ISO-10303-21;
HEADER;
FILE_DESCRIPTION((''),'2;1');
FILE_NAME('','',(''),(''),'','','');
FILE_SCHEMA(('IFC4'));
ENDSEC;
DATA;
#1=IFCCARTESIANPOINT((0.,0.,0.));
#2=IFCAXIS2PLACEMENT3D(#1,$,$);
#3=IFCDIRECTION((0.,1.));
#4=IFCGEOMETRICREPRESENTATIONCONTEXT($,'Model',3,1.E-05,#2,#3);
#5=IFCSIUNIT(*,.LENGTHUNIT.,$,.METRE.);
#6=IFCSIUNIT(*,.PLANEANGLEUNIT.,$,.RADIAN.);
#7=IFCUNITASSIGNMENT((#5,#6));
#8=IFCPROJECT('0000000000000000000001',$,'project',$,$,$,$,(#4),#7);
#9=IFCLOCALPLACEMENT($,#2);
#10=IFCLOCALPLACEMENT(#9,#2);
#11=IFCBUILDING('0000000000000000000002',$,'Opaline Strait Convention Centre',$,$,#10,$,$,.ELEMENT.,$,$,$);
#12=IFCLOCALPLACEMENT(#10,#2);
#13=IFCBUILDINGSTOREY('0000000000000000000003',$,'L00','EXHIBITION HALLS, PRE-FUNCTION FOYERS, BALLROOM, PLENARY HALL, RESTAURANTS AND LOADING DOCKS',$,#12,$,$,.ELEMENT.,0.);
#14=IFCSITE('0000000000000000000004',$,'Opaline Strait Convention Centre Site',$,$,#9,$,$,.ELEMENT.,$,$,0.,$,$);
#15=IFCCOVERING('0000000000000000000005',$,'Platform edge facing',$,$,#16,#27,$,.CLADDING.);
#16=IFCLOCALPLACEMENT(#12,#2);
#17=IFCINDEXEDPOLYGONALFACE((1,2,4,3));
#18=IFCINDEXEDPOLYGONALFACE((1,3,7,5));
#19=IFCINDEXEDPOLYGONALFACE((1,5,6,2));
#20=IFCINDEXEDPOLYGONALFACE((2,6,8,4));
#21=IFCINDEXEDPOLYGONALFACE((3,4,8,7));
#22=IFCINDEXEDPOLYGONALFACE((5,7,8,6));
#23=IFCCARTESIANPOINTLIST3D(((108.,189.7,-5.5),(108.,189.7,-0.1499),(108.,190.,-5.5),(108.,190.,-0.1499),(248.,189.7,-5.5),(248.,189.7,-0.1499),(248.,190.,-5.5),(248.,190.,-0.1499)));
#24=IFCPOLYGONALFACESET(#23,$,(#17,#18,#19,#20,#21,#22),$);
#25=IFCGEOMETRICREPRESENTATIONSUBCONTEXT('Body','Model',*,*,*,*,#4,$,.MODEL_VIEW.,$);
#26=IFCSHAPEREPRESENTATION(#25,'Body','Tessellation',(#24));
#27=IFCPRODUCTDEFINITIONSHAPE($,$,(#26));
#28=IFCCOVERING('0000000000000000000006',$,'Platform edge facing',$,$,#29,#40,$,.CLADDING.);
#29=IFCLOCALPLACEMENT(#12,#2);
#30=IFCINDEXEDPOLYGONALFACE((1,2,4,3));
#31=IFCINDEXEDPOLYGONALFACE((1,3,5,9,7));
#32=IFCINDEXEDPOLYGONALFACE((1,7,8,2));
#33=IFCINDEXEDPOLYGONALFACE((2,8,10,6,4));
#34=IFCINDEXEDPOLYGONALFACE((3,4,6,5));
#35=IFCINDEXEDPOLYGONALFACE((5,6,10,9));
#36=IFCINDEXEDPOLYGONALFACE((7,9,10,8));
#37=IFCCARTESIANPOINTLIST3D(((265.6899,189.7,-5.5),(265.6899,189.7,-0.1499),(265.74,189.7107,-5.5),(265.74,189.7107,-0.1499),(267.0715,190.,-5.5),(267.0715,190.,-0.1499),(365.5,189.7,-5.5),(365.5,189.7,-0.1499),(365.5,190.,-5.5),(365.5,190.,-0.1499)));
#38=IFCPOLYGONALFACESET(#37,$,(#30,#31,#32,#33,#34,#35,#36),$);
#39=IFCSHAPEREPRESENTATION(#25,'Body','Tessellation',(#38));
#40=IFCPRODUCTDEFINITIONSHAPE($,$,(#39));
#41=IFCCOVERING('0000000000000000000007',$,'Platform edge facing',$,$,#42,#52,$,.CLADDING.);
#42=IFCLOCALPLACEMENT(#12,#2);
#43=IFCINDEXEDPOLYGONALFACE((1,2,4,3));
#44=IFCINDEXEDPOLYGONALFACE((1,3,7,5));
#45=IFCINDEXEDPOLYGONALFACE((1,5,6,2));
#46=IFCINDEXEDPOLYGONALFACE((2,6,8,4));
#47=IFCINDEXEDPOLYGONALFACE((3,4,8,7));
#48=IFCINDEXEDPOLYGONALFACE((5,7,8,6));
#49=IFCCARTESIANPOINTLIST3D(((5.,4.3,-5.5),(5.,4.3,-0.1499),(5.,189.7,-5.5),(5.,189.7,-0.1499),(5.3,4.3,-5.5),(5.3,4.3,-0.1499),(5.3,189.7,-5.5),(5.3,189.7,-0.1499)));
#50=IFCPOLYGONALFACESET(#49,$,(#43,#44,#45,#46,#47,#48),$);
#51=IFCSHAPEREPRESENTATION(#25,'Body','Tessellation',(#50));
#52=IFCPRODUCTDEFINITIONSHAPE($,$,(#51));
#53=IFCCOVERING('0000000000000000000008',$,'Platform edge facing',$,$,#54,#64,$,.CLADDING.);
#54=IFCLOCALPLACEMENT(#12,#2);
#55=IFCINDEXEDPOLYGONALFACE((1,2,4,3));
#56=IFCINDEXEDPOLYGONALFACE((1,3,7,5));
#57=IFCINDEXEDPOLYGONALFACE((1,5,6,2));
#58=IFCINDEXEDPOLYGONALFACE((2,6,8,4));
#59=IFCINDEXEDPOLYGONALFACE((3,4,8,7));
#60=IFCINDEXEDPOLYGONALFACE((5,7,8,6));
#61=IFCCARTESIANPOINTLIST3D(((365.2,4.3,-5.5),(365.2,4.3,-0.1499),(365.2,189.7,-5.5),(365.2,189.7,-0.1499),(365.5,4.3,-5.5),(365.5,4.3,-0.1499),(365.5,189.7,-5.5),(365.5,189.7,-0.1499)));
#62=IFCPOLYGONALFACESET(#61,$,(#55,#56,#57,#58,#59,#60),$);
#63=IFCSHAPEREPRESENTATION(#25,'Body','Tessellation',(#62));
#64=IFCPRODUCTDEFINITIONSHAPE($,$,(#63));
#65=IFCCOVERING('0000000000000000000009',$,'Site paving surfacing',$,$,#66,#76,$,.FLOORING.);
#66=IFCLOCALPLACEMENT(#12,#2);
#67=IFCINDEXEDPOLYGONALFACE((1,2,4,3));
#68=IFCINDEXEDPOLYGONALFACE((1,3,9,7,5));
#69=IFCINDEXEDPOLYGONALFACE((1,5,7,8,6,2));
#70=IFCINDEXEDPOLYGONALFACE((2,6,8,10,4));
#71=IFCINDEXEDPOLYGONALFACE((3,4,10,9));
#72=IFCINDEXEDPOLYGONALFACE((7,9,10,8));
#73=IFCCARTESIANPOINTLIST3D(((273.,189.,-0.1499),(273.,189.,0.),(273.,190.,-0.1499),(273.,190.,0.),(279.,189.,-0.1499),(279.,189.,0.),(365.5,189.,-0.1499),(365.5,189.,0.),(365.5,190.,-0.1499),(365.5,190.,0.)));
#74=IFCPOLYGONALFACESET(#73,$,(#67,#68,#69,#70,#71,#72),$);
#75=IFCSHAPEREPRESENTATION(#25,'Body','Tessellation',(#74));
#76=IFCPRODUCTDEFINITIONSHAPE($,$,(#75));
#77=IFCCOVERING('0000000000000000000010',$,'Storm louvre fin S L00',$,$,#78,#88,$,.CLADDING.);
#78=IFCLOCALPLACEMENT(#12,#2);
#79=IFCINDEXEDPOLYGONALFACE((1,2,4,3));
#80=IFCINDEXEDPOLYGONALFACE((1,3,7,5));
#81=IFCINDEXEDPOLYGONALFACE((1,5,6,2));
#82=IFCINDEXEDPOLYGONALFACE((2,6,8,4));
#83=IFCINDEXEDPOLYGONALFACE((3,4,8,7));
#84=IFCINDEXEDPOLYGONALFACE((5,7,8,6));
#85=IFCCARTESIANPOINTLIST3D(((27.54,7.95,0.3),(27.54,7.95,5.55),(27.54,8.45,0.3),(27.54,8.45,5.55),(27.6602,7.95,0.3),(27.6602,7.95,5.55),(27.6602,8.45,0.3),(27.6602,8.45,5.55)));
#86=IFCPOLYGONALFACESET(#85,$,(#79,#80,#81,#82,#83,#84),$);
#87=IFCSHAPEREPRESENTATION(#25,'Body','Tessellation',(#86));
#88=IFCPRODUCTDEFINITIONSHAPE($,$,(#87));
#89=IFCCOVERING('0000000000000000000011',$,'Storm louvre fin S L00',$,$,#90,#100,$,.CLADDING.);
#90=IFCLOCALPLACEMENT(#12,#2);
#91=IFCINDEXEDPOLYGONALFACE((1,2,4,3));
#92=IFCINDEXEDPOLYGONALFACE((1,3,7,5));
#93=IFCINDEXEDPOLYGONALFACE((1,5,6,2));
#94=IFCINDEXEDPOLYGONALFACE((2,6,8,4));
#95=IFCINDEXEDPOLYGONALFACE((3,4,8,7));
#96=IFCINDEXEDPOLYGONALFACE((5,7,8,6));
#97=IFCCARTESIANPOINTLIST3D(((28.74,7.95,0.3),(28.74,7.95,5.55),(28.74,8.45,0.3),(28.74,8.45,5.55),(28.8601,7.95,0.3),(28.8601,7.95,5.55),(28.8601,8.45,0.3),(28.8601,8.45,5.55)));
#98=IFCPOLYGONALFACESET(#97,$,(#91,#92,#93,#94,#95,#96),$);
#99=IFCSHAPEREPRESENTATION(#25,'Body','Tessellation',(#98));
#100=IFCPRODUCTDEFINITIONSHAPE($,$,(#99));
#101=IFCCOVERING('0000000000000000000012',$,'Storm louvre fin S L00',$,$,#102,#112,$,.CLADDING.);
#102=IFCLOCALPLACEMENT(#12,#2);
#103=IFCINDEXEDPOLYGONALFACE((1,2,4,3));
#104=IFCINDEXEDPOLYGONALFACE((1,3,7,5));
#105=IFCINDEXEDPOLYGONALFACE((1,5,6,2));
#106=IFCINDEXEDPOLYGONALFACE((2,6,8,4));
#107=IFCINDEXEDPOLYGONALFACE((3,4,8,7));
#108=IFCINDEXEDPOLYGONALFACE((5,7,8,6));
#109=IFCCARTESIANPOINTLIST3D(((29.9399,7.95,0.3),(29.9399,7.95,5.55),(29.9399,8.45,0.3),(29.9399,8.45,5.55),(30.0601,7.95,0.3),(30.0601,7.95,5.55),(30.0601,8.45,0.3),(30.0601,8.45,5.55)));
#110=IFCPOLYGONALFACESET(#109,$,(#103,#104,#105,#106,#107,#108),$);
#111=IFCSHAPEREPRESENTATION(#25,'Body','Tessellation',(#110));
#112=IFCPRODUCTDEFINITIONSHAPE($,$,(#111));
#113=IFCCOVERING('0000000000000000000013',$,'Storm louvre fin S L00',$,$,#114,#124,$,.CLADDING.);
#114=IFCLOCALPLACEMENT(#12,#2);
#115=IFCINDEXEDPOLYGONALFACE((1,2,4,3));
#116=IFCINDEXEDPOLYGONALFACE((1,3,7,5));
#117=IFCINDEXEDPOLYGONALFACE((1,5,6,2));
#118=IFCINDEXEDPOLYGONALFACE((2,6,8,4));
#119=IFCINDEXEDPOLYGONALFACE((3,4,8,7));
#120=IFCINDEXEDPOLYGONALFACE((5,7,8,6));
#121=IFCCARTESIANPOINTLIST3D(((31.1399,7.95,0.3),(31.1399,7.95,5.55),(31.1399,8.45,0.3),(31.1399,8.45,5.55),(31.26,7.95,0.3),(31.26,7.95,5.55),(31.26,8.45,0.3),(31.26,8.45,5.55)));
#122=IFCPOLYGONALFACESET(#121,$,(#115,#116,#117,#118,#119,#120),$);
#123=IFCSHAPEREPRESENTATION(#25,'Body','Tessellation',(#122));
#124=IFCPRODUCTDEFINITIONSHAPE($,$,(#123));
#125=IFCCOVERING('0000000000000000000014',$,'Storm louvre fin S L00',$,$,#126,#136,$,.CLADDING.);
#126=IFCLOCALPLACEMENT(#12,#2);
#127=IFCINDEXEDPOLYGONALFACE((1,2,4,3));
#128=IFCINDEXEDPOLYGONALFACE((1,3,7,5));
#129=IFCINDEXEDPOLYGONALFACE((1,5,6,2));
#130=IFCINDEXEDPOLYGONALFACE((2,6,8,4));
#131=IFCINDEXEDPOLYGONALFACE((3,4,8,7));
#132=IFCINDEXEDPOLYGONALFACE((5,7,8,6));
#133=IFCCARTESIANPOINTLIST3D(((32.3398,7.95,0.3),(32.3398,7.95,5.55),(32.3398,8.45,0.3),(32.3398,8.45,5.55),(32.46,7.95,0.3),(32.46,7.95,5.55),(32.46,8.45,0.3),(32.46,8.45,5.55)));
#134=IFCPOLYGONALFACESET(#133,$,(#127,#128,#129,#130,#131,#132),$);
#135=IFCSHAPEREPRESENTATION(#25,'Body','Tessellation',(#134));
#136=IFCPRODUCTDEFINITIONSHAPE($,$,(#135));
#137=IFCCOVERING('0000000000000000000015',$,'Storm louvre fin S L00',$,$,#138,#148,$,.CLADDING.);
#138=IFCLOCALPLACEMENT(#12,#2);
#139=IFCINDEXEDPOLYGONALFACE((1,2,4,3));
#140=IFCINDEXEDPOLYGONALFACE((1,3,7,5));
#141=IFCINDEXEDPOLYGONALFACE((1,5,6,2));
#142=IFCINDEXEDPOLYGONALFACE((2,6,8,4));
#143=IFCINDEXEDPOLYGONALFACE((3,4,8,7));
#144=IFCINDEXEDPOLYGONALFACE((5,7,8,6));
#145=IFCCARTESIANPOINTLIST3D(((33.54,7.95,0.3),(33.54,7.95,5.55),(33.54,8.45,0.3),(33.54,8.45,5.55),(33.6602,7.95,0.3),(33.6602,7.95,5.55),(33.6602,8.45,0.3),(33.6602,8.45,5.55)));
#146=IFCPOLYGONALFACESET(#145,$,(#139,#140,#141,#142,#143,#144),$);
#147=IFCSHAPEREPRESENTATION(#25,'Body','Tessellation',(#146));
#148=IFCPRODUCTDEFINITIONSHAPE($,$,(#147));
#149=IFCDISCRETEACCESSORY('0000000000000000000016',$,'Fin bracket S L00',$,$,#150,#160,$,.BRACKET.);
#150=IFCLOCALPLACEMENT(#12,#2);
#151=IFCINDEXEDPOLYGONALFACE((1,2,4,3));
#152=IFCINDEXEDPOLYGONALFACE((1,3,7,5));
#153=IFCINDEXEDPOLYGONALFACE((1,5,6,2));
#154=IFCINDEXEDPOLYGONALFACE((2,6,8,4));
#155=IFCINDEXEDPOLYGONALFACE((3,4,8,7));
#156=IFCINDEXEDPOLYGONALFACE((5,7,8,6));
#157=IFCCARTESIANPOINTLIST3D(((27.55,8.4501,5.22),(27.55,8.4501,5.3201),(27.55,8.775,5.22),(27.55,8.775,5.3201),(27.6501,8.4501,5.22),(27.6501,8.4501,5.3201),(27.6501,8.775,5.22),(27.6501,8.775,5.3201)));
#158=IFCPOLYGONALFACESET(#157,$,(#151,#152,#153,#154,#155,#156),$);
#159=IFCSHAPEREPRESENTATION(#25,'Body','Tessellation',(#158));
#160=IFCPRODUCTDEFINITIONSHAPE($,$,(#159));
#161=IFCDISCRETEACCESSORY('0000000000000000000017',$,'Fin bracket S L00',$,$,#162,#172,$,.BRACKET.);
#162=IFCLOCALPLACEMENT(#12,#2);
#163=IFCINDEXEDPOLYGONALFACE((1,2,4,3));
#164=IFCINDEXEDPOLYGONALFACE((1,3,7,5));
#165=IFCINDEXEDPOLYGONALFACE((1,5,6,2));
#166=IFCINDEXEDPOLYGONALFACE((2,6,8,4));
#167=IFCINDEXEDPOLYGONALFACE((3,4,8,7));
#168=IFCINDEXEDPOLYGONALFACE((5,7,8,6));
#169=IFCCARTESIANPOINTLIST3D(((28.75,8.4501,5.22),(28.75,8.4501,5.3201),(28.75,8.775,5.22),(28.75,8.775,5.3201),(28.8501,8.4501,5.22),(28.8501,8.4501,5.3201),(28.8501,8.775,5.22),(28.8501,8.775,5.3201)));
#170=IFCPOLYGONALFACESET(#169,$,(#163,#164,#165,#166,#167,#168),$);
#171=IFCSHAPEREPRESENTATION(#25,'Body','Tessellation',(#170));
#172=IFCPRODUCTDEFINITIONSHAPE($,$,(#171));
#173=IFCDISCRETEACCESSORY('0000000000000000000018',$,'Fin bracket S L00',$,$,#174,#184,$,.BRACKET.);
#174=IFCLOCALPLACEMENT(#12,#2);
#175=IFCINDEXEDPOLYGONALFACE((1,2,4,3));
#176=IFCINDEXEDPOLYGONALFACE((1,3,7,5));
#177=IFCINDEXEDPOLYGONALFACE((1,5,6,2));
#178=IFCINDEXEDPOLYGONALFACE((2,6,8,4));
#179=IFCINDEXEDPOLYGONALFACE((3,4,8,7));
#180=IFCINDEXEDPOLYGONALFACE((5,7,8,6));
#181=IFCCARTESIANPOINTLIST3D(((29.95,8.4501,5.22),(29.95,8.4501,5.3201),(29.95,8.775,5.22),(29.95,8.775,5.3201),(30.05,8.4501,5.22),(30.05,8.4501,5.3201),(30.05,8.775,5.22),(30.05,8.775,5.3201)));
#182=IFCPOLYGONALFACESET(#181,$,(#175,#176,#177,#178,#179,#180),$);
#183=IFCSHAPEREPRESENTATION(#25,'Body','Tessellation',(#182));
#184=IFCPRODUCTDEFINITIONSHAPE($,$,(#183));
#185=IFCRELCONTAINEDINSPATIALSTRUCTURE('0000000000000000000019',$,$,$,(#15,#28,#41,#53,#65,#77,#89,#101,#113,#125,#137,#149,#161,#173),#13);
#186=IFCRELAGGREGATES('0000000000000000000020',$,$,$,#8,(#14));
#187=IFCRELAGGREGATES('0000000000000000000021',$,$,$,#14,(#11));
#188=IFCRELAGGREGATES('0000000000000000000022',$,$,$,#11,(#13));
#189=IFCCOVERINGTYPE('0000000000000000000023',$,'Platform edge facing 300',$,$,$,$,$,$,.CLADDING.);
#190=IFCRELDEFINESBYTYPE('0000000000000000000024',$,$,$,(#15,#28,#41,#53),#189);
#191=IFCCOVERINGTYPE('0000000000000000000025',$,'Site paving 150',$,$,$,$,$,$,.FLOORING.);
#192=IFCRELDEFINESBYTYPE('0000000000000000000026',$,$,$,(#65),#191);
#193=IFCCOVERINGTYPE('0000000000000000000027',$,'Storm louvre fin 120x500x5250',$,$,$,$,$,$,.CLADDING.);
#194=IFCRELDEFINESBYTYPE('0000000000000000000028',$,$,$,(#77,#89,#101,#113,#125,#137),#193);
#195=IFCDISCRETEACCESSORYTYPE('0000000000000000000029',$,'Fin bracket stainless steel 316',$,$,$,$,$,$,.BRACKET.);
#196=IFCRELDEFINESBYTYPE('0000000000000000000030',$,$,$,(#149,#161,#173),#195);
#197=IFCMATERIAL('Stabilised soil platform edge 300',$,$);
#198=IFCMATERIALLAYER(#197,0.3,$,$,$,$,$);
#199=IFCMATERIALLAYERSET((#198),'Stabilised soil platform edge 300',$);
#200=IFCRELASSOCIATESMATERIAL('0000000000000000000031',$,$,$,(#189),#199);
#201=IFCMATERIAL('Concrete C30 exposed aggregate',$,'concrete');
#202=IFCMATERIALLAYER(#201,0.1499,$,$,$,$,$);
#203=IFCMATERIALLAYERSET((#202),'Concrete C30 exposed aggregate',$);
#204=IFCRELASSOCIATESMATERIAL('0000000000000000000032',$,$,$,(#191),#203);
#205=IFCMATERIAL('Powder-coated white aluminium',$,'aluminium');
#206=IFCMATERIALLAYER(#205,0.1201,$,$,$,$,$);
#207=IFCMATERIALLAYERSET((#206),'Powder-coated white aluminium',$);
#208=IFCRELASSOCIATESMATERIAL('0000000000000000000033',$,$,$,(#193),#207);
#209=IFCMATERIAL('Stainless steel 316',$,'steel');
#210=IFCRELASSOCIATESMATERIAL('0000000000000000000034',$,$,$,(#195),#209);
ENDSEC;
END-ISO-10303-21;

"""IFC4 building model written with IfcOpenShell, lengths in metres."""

from ifc_helpers import new_model, si_unit, direction, frame, origin, origin_2d, place, context, subcontext, project, spatial, polyline, rectangle, outline, extrude, material, layer, layer_set, type_object, element, save


model = new_model("IFC4")

# Units and contexts
model_context = context("Model", 3, precision=1e-05, world=origin(), true_north=direction((0.0, 1.0)))
body_context = subcontext(model_context, "Body", "Model", "MODEL_VIEW")
ifc_project = project(units=[si_unit("LENGTHUNIT", "METRE"), si_unit("PLANEANGLEUNIT", "RADIAN")], contexts=[model_context])

# Site, building, storey
site_placement = place(None, origin())
site = spatial("IfcSite", under=ifc_project, at=site_placement, Name="Opaline Strait Convention Centre Site", CompositionType="ELEMENT", RefElevation=0.0)
building_placement = place(site_placement, origin())
building = spatial("IfcBuilding", under=site, at=building_placement, Name="Opaline Strait Convention Centre", CompositionType="ELEMENT")
storey_placement = place(building_placement, origin())
storey = spatial("IfcBuildingStorey", under=building, at=storey_placement, Name="L00", Description="EXHIBITION HALLS, PRE-FUNCTION FOYERS, BALLROOM, PLENARY HALL, RESTAURANTS AND LOADING DOCKS", CompositionType="ELEMENT", Elevation=0.0)

# Coverings
ifc_material_1 = material(Name="Stabilised soil platform edge 300")
ifc_layer_1 = layer(ifc_material_1, 0.3)
ifc_layer_set_1 = layer_set([ifc_layer_1], Name="Stabilised soil platform edge 300")
covering_type_1 = type_object("IfcCoveringType", Name="Platform edge facing 300", PredefinedType="CLADDING", material=ifc_layer_set_1)
covering_1_placement = place(storey_placement, frame((0.0, 0.0, -5.5)))
element("IfcCovering", 1, at=covering_1_placement, inside=storey, type_object=covering_type_1, Name="Platform edge facing", PredefinedType="CLADDING", context=body_context, shape_type="SweptSolid", body=[
    extrude(outline(polyline([(248.0, 190.0), (108.0, 190.0), (108.0, 189.7), (248.0, 189.7), (248.0, 190.0)])), origin(), (0.0, 0.0, 1.0), 5.3501),
])
covering_2_placement = place(storey_placement, frame((0.0, 0.0, -5.5)))
element("IfcCovering", 2, at=covering_2_placement, inside=storey, type_object=covering_type_1, Name="Platform edge facing", PredefinedType="CLADDING", context=body_context, shape_type="SweptSolid", body=[
    extrude(outline(polyline([(365.5, 190.0), (267.0715, 190.0), (265.74, 189.7107), (265.6899, 189.7), (365.5, 189.7), (365.5, 190.0)])), origin(), (0.0, 0.0, 1.0), 5.3501),
])
covering_3_placement = place(storey_placement, frame((0.0, 0.0, -5.5)))
element("IfcCovering", 3, at=covering_3_placement, inside=storey, type_object=covering_type_1, Name="Platform edge facing", PredefinedType="CLADDING", context=body_context, shape_type="SweptSolid", body=[
    extrude(outline(polyline([(5.0, 4.3), (5.3, 4.3), (5.3, 189.7), (5.0, 189.7), (5.0, 4.3)])), origin(), (0.0, 0.0, 1.0), 5.3501),
])
covering_4_placement = place(storey_placement, frame((0.0, 0.0, -5.5)))
element("IfcCovering", 4, at=covering_4_placement, inside=storey, type_object=covering_type_1, Name="Platform edge facing", PredefinedType="CLADDING", context=body_context, shape_type="SweptSolid", body=[
    extrude(outline(polyline([(365.2, 4.3), (365.5, 4.3), (365.5, 189.7), (365.2, 189.7), (365.2, 4.3)])), origin(), (0.0, 0.0, 1.0), 5.3501),
])
ifc_material_2 = material(Name="Concrete C30 exposed aggregate", Category="concrete")
ifc_layer_2 = layer(ifc_material_2, 0.1499)
ifc_layer_set_2 = layer_set([ifc_layer_2], Name="Concrete C30 exposed aggregate")
covering_type_2 = type_object("IfcCoveringType", Name="Site paving 150", PredefinedType="FLOORING", material=ifc_layer_set_2)
covering_5_placement = place(storey_placement, frame((0.0, 0.0, -0.1499)))
element("IfcCovering", 5, at=covering_5_placement, inside=storey, type_object=covering_type_2, Name="Site paving surfacing", PredefinedType="FLOORING", context=body_context, shape_type="SweptSolid", body=[
    extrude(outline(polyline([(279.0, 189.0), (365.5, 189.0), (365.5, 190.0), (273.0, 190.0), (273.0, 189.0), (279.0, 189.0)])), origin(), (0.0, 0.0, 1.0), 0.1499),
])
ifc_material_3 = material(Name="Powder-coated white aluminium", Category="aluminium")
ifc_layer_3 = layer(ifc_material_3, 0.1201)
ifc_layer_set_3 = layer_set([ifc_layer_3], Name="Powder-coated white aluminium")
covering_type_3 = type_object("IfcCoveringType", Name="Storm louvre fin 120x500x5250", PredefinedType="CLADDING", material=ifc_layer_set_3)
for number, where, z_axis, x_axis, name in (
    (6, (27.6001, 8.2, 0.3), (0.0, 0.0, 1.0), (1.0, 0.0, 0.0), "Storm louvre fin S L00"),
    (7, (28.8, 8.2, 0.3), (0.0, 0.0, 1.0), (1.0, 0.0, 0.0), "Storm louvre fin S L00"),
    (8, (30.0, 8.2, 0.3), (0.0, 0.0, 1.0), (1.0, 0.0, 0.0), "Storm louvre fin S L00"),
    (9, (31.2, 8.2, 0.3), (0.0, 0.0, 1.0), (1.0, 0.0, 0.0), "Storm louvre fin S L00"),
    (10, (32.3999, 8.2, 0.3), (0.0, 0.0, 1.0), (1.0, 0.0, 0.0), "Storm louvre fin S L00"),
    (11, (33.6001, 8.2, 0.3), (0.0, 0.0, 1.0), (1.0, 0.0, 0.0), "Storm louvre fin S L00"),
):
    element("IfcCovering", number, at=place(storey_placement, frame(where, z_axis=z_axis, x_axis=x_axis)), inside=storey, type_object=covering_type_3, Name=name, PredefinedType="CLADDING", context=body_context, shape_type="SweptSolid", body=[
        extrude(rectangle(XDim=0.1201, YDim=0.5, at=origin_2d()), origin(), (0.0, 0.0, 1.0), 5.25),
    ])

# Discrete accessories
ifc_material_4 = material(Name="Stainless steel 316", Category="steel")
discrete_accessory_type = type_object("IfcDiscreteAccessoryType", Name="Fin bracket stainless steel 316", PredefinedType="BRACKET", material=ifc_material_4)
for number, where, z_axis, x_axis, name in (
    (12, (27.6001, 8.6125, 5.22), (0.0, 0.0, 1.0), (1.0, 0.0, 0.0), "Fin bracket S L00"),
    (13, (28.8, 8.6125, 5.22), (0.0, 0.0, 1.0), (1.0, 0.0, 0.0), "Fin bracket S L00"),
    (14, (30.0, 8.6125, 5.22), (0.0, 0.0, 1.0), (1.0, 0.0, 0.0), "Fin bracket S L00"),
):
    element("IfcDiscreteAccessory", number, at=place(storey_placement, frame(where, z_axis=z_axis, x_axis=x_axis)), inside=storey, type_object=discrete_accessory_type, Name=name, PredefinedType="BRACKET", context=body_context, shape_type="SweptSolid", body=[
        extrude(rectangle(XDim=0.1001, YDim=0.325, at=origin_2d()), origin(), (0.0, 0.0, 1.0), 0.1001),
    ])

save(model, "model.ifc")
